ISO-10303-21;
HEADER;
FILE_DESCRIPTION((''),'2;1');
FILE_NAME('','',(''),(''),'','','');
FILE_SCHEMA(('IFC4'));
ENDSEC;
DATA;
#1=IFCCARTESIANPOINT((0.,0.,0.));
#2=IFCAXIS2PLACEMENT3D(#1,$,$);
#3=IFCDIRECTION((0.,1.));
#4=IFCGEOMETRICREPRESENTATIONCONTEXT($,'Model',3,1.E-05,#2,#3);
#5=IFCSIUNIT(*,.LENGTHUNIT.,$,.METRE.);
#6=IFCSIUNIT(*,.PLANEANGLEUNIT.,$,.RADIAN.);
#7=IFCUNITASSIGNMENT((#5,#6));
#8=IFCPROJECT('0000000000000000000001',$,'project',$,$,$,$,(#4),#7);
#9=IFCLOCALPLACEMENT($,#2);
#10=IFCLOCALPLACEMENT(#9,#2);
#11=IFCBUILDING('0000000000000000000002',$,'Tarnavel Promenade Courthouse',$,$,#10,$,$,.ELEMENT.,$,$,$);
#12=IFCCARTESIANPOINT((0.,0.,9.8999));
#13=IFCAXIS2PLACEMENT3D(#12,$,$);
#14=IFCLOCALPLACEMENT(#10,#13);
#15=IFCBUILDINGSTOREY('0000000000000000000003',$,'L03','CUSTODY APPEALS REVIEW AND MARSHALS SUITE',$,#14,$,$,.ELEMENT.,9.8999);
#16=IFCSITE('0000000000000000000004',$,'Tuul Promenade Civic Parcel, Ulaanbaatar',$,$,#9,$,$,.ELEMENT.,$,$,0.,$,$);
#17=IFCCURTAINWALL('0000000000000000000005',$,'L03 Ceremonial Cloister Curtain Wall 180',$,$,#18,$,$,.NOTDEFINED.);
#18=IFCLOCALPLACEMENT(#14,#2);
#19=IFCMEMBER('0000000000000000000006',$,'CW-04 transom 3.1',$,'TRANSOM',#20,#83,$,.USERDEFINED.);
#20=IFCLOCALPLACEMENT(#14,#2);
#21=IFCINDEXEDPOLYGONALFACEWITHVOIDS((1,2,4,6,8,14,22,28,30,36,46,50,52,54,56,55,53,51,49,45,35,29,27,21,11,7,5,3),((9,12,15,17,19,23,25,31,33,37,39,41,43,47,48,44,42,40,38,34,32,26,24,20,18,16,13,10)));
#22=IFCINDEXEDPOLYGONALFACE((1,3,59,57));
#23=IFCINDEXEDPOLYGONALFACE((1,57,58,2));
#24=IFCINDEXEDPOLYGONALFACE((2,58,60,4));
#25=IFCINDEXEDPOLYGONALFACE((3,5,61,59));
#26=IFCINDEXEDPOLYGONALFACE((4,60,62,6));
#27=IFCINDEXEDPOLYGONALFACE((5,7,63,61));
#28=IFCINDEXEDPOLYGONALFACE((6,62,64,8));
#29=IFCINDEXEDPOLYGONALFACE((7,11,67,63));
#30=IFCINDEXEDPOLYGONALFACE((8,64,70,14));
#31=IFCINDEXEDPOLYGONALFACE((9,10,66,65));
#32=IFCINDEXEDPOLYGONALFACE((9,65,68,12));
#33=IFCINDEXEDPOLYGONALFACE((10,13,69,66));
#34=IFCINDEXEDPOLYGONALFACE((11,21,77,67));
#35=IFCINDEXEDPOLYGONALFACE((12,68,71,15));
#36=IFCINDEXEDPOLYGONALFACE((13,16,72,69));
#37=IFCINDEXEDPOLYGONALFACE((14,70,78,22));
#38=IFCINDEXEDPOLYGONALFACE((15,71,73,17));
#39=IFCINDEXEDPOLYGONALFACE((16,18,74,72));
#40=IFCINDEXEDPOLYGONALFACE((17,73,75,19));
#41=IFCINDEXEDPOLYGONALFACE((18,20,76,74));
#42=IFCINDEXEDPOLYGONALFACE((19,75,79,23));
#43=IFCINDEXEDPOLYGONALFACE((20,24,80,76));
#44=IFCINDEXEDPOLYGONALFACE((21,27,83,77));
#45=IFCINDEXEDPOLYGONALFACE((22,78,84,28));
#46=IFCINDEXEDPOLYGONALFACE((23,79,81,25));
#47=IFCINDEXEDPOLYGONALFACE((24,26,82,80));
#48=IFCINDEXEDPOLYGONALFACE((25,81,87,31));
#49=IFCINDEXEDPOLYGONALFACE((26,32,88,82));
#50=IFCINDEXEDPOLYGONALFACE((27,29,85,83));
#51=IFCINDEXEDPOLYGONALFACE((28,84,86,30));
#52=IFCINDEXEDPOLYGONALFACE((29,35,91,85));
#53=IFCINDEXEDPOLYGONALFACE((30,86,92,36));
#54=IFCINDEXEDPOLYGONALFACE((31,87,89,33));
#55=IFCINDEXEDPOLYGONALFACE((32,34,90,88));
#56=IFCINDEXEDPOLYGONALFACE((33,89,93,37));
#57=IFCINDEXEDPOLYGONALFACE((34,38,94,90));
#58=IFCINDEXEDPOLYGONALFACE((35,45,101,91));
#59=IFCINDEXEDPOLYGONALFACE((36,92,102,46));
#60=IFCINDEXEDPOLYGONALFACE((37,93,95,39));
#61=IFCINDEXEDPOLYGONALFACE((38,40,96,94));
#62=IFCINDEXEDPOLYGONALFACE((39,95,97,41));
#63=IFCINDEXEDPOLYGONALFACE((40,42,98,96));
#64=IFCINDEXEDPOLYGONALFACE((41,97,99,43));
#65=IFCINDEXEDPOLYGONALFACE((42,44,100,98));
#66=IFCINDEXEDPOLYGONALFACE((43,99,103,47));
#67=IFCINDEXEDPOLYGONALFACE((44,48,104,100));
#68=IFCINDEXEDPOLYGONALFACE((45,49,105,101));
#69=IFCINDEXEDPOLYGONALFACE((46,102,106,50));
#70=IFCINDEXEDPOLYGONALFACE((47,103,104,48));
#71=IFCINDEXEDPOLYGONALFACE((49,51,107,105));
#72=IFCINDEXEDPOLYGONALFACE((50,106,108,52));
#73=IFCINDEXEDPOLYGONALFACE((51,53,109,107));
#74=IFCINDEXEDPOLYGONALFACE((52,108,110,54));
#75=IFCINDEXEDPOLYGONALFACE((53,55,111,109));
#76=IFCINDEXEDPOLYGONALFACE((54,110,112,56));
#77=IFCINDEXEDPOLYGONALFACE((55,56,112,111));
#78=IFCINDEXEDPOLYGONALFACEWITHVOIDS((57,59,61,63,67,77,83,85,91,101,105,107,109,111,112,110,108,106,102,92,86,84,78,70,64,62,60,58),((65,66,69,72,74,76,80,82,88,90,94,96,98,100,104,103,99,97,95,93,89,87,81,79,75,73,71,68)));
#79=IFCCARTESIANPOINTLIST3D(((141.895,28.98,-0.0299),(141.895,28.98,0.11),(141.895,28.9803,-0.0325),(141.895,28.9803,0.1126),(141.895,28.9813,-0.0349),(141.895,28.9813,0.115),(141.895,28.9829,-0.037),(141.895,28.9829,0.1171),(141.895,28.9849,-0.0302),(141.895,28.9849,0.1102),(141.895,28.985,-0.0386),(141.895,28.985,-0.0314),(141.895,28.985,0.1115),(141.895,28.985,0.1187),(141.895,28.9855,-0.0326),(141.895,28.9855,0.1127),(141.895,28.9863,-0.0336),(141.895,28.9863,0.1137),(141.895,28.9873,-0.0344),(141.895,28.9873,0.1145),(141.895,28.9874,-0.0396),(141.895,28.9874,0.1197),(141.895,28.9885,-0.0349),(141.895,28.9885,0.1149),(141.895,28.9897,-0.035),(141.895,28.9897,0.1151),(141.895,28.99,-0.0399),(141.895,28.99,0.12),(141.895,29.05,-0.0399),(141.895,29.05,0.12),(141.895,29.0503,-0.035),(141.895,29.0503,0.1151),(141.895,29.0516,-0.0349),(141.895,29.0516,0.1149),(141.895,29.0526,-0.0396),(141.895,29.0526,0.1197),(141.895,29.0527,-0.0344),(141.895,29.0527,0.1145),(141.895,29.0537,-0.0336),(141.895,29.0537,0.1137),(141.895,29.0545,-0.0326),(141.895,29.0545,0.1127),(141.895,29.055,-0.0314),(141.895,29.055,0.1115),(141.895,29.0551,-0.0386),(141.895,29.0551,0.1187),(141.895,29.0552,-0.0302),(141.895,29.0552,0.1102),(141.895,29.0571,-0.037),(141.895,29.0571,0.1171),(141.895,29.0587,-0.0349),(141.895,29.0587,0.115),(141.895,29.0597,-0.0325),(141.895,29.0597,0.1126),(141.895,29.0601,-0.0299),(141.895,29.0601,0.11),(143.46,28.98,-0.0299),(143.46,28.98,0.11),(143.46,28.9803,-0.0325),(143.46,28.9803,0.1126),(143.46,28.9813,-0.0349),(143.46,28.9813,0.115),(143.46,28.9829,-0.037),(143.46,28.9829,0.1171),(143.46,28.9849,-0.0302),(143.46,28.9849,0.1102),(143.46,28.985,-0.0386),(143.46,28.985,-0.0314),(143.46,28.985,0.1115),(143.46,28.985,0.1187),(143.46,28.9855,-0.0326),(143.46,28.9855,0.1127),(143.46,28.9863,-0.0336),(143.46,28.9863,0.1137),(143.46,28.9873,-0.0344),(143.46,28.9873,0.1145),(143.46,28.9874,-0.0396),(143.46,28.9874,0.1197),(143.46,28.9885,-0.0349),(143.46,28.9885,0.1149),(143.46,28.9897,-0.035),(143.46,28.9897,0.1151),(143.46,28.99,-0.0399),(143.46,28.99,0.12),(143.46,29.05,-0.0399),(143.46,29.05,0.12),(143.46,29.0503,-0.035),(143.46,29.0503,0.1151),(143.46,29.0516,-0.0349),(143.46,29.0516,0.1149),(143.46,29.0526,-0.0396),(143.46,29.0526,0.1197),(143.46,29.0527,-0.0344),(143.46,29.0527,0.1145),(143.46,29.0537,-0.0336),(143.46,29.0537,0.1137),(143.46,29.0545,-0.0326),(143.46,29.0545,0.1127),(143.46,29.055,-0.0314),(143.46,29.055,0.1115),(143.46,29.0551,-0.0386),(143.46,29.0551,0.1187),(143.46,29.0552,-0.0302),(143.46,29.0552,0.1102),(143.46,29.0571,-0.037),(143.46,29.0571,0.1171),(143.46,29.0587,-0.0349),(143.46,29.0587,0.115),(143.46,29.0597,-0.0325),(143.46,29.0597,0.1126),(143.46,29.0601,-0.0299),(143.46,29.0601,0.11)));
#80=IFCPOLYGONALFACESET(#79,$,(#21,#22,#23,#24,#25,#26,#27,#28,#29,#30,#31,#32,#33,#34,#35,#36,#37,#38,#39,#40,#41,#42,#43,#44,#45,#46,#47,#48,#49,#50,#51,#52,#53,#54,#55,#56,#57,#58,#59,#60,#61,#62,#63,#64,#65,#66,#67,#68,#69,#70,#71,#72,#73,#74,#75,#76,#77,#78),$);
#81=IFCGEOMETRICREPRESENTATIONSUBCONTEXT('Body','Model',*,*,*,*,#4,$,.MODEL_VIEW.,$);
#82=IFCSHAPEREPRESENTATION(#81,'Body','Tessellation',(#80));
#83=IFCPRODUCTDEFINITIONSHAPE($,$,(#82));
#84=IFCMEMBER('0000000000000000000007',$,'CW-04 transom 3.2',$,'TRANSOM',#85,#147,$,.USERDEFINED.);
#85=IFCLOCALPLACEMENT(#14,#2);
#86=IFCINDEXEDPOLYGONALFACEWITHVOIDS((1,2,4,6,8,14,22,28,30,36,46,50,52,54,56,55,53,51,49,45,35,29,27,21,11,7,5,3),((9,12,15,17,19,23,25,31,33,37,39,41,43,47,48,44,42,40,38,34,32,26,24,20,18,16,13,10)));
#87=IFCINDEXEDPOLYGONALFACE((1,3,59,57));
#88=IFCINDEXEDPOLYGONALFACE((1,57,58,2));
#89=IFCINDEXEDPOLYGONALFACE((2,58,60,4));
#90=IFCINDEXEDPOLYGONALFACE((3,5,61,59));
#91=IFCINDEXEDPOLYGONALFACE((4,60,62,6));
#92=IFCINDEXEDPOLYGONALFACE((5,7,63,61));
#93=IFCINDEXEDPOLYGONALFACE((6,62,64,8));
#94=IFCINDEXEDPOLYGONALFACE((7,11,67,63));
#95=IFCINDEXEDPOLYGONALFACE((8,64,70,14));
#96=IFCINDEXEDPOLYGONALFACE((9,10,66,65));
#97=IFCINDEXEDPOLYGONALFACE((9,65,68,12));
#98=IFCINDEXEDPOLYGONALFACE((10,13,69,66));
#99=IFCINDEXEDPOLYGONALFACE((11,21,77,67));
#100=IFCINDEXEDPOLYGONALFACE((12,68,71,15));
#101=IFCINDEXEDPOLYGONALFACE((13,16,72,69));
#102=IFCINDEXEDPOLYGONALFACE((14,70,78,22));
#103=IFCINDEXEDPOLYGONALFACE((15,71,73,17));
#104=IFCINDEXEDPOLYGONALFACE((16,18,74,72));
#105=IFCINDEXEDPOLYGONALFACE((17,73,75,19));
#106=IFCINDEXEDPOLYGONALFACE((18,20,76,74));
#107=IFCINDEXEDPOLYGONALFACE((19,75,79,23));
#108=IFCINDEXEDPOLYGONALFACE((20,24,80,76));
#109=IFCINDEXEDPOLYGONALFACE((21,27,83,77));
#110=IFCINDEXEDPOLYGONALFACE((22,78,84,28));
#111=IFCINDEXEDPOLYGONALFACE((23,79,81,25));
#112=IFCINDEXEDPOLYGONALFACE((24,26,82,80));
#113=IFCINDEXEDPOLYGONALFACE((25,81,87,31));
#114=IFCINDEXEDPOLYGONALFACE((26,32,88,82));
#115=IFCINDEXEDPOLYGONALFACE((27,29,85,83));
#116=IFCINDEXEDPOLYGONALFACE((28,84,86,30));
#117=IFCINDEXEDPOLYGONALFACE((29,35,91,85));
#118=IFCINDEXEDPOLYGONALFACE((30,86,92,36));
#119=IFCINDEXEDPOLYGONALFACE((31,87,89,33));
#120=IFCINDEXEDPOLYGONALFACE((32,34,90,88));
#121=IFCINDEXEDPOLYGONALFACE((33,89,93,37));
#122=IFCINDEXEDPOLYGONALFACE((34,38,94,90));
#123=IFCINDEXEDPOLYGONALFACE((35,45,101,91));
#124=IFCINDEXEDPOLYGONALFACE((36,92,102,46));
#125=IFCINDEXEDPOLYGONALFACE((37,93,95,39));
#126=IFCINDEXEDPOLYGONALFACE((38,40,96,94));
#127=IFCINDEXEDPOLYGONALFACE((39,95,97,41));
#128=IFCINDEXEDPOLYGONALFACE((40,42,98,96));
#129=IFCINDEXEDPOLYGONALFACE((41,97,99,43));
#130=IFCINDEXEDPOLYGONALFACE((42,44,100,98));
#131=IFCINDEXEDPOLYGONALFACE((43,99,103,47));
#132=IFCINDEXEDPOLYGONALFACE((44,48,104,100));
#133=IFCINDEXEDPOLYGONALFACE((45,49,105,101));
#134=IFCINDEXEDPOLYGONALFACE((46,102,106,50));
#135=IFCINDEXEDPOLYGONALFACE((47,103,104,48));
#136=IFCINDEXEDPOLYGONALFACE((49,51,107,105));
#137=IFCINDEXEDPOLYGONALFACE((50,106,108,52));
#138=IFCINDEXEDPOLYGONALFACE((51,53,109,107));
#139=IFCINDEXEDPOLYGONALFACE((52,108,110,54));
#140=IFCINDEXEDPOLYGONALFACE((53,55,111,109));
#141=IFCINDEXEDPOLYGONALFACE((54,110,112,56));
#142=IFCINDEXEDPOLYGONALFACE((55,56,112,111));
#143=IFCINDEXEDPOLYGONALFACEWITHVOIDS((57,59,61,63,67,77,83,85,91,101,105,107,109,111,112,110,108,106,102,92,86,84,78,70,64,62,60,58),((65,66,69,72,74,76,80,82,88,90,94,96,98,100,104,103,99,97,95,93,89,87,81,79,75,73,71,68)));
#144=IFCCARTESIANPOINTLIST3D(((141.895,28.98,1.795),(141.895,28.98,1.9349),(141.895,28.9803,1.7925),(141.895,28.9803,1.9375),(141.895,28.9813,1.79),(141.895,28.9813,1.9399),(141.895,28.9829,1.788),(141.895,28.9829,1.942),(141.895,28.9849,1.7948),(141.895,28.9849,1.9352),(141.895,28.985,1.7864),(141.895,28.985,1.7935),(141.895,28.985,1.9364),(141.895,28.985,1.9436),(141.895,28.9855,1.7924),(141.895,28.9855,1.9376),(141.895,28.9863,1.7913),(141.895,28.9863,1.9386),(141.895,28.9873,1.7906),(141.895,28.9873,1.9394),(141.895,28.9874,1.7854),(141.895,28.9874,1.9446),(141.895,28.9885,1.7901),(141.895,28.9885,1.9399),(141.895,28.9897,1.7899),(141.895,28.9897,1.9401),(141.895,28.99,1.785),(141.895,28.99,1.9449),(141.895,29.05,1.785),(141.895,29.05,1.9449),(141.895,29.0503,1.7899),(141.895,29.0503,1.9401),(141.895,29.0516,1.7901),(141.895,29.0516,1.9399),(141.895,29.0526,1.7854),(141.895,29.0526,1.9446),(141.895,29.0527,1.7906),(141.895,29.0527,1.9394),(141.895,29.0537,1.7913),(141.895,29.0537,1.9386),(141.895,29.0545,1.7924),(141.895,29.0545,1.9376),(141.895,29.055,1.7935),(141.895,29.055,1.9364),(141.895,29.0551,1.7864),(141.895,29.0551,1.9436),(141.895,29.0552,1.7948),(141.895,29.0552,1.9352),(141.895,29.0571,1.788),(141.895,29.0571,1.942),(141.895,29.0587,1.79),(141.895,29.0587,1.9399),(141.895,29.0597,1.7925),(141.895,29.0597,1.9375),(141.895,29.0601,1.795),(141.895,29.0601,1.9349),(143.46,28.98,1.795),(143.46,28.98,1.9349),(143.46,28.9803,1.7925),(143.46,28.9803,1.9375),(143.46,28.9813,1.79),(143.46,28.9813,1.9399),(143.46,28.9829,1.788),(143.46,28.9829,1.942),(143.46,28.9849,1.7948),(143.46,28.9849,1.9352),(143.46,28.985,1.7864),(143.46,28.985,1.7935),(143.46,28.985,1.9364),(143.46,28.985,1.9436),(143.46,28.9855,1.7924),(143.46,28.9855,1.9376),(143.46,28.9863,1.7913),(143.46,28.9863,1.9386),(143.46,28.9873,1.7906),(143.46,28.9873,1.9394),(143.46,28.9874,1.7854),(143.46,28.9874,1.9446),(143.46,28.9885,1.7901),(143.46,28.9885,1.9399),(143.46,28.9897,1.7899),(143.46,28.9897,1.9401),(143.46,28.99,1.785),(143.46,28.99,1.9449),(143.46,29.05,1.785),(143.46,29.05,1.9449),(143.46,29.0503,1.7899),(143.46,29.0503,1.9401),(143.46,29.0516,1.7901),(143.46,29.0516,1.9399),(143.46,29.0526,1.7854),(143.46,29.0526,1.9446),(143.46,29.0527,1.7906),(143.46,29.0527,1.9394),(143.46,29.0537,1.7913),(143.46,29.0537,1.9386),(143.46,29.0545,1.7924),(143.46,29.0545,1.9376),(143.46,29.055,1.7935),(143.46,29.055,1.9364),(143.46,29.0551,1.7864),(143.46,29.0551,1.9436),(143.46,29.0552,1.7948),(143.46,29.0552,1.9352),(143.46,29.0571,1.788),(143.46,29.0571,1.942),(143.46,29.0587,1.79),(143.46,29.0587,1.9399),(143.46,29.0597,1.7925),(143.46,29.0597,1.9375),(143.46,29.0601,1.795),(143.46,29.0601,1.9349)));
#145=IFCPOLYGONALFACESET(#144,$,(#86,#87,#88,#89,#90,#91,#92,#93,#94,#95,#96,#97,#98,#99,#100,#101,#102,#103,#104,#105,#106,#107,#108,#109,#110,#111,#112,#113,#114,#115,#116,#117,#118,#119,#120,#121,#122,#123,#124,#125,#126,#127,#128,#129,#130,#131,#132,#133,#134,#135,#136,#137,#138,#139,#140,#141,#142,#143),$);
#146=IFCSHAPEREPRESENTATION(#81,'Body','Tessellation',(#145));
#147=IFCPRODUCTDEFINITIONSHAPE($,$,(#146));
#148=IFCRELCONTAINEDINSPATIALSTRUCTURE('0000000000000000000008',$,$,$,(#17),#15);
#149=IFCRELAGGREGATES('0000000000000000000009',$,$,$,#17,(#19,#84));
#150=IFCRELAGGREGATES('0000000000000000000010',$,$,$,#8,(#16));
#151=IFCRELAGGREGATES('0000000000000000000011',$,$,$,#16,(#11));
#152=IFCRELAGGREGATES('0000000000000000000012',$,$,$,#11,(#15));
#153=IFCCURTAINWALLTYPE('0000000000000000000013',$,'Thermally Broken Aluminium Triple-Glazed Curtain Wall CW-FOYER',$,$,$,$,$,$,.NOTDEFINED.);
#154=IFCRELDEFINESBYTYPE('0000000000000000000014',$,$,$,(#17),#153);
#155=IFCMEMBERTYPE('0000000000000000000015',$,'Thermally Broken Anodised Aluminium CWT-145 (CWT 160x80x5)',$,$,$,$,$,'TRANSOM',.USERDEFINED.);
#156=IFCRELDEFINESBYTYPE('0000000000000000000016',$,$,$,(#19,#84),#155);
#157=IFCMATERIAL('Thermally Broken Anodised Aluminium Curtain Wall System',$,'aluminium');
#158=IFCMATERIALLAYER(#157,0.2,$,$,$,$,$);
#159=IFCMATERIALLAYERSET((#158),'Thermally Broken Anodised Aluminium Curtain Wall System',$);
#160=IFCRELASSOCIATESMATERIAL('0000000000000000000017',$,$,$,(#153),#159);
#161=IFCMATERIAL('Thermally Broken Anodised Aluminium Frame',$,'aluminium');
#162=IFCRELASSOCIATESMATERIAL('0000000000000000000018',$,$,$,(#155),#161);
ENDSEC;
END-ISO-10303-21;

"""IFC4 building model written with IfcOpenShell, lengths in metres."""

from ifc_helpers import new_model, si_unit, direction, frame, origin, origin_2d, place, context, subcontext, project, spatial, hollow_rectangle, extrude, material, layer, layer_set, material_profile, profile_set, type_object, element, aggregate, save


model = new_model("IFC4")

# Units and contexts
model_context = context("Model", 3, precision=1e-05, world=origin(), true_north=direction((0.0, 1.0)))
body_context = subcontext(model_context, "Body", "Model", "MODEL_VIEW")
ifc_project = project(units=[si_unit("LENGTHUNIT", "METRE"), si_unit("PLANEANGLEUNIT", "RADIAN")], contexts=[model_context])

# Site, building, storey
site_placement = place(None, origin())
site = spatial("IfcSite", under=ifc_project, at=site_placement, Name="Tuul Promenade Civic Parcel, Ulaanbaatar", CompositionType="ELEMENT", RefElevation=0.0)
building_placement = place(site_placement, origin())
building = spatial("IfcBuilding", under=site, at=building_placement, Name="Tarnavel Promenade Courthouse", CompositionType="ELEMENT")
storey_placement = place(building_placement, frame((0.0, 0.0, 9.8999)))
storey = spatial("IfcBuildingStorey", under=building, at=storey_placement, Name="L03", Description="CUSTODY APPEALS REVIEW AND MARSHALS SUITE", CompositionType="ELEMENT", Elevation=9.8999)

# Curtain wall, members
ifc_material_1 = material(Name="Thermally Broken Anodised Aluminium Curtain Wall System", Category="aluminium")
ifc_layer_1 = layer(ifc_material_1, 0.2)
ifc_layer_set_1 = layer_set([ifc_layer_1], Name="Thermally Broken Anodised Aluminium Curtain Wall System")
curtain_wall_type = type_object("IfcCurtainWallType", Name="Thermally Broken Aluminium Triple-Glazed Curtain Wall CW-FOYER", PredefinedType="NOTDEFINED", material=ifc_layer_set_1)
curtain_wall_placement = place(storey_placement, origin())
curtain_wall = element("IfcCurtainWall", 1, at=curtain_wall_placement, inside=storey, type_object=curtain_wall_type, Name="L03 Ceremonial Cloister Curtain Wall 180", PredefinedType="NOTDEFINED")
ifc_material_2 = material(Name="Thermally Broken Anodised Aluminium Frame", Category="aluminium")
ifc_material_profile_1 = material_profile(ifc_material_2, hollow_rectangle(XDim=0.0801, YDim=0.1599, WallThickness=0.0049, InnerFilletRadius=0.0049, OuterFilletRadius=0.01, at=origin_2d()), Name="CWT 160x80x5")
ifc_profile_set_1 = profile_set([ifc_material_profile_1], Name="Thermally Broken Anodised Aluminium Frame")
member_type_1 = type_object("IfcMemberType", Name="Thermally Broken Anodised Aluminium CWT-145 (CWT 160x80x5)", ElementType="TRANSOM", PredefinedType="USERDEFINED", material=ifc_profile_set_1)
member_1_placement = place(storey_placement, frame((141.895, 29.02, 0.04), z_axis=(1.0, 0.0, 0.0), x_axis=(0.0, 1.0, 0.0)))
member_1 = element("IfcMember", 2, at=member_1_placement, type_object=member_type_1, Name="CW-04 transom 3.1", ObjectType="TRANSOM", PredefinedType="USERDEFINED", context=body_context, shape_type="SweptSolid", body=[
    extrude(hollow_rectangle(XDim=0.0801, YDim=0.1599, WallThickness=0.0049, InnerFilletRadius=0.0049, OuterFilletRadius=0.01, at=origin_2d()), origin(), (0.0, 0.0, 1.0), 1.5649),
])
member_2_placement = place(storey_placement, frame((141.895, 29.02, 1.865), z_axis=(1.0, 0.0, 0.0), x_axis=(0.0, 1.0, 0.0)))
member_2 = element("IfcMember", 3, at=member_2_placement, type_object=member_type_1, Name="CW-04 transom 3.2", ObjectType="TRANSOM", PredefinedType="USERDEFINED", context=body_context, shape_type="SweptSolid", body=[
    extrude(hollow_rectangle(XDim=0.0801, YDim=0.1599, WallThickness=0.0049, InnerFilletRadius=0.0049, OuterFilletRadius=0.01, at=origin_2d()), origin(), (0.0, 0.0, 1.0), 1.5649),
])
aggregate(curtain_wall, [member_1, member_2])

save(model, "model.ifc")
